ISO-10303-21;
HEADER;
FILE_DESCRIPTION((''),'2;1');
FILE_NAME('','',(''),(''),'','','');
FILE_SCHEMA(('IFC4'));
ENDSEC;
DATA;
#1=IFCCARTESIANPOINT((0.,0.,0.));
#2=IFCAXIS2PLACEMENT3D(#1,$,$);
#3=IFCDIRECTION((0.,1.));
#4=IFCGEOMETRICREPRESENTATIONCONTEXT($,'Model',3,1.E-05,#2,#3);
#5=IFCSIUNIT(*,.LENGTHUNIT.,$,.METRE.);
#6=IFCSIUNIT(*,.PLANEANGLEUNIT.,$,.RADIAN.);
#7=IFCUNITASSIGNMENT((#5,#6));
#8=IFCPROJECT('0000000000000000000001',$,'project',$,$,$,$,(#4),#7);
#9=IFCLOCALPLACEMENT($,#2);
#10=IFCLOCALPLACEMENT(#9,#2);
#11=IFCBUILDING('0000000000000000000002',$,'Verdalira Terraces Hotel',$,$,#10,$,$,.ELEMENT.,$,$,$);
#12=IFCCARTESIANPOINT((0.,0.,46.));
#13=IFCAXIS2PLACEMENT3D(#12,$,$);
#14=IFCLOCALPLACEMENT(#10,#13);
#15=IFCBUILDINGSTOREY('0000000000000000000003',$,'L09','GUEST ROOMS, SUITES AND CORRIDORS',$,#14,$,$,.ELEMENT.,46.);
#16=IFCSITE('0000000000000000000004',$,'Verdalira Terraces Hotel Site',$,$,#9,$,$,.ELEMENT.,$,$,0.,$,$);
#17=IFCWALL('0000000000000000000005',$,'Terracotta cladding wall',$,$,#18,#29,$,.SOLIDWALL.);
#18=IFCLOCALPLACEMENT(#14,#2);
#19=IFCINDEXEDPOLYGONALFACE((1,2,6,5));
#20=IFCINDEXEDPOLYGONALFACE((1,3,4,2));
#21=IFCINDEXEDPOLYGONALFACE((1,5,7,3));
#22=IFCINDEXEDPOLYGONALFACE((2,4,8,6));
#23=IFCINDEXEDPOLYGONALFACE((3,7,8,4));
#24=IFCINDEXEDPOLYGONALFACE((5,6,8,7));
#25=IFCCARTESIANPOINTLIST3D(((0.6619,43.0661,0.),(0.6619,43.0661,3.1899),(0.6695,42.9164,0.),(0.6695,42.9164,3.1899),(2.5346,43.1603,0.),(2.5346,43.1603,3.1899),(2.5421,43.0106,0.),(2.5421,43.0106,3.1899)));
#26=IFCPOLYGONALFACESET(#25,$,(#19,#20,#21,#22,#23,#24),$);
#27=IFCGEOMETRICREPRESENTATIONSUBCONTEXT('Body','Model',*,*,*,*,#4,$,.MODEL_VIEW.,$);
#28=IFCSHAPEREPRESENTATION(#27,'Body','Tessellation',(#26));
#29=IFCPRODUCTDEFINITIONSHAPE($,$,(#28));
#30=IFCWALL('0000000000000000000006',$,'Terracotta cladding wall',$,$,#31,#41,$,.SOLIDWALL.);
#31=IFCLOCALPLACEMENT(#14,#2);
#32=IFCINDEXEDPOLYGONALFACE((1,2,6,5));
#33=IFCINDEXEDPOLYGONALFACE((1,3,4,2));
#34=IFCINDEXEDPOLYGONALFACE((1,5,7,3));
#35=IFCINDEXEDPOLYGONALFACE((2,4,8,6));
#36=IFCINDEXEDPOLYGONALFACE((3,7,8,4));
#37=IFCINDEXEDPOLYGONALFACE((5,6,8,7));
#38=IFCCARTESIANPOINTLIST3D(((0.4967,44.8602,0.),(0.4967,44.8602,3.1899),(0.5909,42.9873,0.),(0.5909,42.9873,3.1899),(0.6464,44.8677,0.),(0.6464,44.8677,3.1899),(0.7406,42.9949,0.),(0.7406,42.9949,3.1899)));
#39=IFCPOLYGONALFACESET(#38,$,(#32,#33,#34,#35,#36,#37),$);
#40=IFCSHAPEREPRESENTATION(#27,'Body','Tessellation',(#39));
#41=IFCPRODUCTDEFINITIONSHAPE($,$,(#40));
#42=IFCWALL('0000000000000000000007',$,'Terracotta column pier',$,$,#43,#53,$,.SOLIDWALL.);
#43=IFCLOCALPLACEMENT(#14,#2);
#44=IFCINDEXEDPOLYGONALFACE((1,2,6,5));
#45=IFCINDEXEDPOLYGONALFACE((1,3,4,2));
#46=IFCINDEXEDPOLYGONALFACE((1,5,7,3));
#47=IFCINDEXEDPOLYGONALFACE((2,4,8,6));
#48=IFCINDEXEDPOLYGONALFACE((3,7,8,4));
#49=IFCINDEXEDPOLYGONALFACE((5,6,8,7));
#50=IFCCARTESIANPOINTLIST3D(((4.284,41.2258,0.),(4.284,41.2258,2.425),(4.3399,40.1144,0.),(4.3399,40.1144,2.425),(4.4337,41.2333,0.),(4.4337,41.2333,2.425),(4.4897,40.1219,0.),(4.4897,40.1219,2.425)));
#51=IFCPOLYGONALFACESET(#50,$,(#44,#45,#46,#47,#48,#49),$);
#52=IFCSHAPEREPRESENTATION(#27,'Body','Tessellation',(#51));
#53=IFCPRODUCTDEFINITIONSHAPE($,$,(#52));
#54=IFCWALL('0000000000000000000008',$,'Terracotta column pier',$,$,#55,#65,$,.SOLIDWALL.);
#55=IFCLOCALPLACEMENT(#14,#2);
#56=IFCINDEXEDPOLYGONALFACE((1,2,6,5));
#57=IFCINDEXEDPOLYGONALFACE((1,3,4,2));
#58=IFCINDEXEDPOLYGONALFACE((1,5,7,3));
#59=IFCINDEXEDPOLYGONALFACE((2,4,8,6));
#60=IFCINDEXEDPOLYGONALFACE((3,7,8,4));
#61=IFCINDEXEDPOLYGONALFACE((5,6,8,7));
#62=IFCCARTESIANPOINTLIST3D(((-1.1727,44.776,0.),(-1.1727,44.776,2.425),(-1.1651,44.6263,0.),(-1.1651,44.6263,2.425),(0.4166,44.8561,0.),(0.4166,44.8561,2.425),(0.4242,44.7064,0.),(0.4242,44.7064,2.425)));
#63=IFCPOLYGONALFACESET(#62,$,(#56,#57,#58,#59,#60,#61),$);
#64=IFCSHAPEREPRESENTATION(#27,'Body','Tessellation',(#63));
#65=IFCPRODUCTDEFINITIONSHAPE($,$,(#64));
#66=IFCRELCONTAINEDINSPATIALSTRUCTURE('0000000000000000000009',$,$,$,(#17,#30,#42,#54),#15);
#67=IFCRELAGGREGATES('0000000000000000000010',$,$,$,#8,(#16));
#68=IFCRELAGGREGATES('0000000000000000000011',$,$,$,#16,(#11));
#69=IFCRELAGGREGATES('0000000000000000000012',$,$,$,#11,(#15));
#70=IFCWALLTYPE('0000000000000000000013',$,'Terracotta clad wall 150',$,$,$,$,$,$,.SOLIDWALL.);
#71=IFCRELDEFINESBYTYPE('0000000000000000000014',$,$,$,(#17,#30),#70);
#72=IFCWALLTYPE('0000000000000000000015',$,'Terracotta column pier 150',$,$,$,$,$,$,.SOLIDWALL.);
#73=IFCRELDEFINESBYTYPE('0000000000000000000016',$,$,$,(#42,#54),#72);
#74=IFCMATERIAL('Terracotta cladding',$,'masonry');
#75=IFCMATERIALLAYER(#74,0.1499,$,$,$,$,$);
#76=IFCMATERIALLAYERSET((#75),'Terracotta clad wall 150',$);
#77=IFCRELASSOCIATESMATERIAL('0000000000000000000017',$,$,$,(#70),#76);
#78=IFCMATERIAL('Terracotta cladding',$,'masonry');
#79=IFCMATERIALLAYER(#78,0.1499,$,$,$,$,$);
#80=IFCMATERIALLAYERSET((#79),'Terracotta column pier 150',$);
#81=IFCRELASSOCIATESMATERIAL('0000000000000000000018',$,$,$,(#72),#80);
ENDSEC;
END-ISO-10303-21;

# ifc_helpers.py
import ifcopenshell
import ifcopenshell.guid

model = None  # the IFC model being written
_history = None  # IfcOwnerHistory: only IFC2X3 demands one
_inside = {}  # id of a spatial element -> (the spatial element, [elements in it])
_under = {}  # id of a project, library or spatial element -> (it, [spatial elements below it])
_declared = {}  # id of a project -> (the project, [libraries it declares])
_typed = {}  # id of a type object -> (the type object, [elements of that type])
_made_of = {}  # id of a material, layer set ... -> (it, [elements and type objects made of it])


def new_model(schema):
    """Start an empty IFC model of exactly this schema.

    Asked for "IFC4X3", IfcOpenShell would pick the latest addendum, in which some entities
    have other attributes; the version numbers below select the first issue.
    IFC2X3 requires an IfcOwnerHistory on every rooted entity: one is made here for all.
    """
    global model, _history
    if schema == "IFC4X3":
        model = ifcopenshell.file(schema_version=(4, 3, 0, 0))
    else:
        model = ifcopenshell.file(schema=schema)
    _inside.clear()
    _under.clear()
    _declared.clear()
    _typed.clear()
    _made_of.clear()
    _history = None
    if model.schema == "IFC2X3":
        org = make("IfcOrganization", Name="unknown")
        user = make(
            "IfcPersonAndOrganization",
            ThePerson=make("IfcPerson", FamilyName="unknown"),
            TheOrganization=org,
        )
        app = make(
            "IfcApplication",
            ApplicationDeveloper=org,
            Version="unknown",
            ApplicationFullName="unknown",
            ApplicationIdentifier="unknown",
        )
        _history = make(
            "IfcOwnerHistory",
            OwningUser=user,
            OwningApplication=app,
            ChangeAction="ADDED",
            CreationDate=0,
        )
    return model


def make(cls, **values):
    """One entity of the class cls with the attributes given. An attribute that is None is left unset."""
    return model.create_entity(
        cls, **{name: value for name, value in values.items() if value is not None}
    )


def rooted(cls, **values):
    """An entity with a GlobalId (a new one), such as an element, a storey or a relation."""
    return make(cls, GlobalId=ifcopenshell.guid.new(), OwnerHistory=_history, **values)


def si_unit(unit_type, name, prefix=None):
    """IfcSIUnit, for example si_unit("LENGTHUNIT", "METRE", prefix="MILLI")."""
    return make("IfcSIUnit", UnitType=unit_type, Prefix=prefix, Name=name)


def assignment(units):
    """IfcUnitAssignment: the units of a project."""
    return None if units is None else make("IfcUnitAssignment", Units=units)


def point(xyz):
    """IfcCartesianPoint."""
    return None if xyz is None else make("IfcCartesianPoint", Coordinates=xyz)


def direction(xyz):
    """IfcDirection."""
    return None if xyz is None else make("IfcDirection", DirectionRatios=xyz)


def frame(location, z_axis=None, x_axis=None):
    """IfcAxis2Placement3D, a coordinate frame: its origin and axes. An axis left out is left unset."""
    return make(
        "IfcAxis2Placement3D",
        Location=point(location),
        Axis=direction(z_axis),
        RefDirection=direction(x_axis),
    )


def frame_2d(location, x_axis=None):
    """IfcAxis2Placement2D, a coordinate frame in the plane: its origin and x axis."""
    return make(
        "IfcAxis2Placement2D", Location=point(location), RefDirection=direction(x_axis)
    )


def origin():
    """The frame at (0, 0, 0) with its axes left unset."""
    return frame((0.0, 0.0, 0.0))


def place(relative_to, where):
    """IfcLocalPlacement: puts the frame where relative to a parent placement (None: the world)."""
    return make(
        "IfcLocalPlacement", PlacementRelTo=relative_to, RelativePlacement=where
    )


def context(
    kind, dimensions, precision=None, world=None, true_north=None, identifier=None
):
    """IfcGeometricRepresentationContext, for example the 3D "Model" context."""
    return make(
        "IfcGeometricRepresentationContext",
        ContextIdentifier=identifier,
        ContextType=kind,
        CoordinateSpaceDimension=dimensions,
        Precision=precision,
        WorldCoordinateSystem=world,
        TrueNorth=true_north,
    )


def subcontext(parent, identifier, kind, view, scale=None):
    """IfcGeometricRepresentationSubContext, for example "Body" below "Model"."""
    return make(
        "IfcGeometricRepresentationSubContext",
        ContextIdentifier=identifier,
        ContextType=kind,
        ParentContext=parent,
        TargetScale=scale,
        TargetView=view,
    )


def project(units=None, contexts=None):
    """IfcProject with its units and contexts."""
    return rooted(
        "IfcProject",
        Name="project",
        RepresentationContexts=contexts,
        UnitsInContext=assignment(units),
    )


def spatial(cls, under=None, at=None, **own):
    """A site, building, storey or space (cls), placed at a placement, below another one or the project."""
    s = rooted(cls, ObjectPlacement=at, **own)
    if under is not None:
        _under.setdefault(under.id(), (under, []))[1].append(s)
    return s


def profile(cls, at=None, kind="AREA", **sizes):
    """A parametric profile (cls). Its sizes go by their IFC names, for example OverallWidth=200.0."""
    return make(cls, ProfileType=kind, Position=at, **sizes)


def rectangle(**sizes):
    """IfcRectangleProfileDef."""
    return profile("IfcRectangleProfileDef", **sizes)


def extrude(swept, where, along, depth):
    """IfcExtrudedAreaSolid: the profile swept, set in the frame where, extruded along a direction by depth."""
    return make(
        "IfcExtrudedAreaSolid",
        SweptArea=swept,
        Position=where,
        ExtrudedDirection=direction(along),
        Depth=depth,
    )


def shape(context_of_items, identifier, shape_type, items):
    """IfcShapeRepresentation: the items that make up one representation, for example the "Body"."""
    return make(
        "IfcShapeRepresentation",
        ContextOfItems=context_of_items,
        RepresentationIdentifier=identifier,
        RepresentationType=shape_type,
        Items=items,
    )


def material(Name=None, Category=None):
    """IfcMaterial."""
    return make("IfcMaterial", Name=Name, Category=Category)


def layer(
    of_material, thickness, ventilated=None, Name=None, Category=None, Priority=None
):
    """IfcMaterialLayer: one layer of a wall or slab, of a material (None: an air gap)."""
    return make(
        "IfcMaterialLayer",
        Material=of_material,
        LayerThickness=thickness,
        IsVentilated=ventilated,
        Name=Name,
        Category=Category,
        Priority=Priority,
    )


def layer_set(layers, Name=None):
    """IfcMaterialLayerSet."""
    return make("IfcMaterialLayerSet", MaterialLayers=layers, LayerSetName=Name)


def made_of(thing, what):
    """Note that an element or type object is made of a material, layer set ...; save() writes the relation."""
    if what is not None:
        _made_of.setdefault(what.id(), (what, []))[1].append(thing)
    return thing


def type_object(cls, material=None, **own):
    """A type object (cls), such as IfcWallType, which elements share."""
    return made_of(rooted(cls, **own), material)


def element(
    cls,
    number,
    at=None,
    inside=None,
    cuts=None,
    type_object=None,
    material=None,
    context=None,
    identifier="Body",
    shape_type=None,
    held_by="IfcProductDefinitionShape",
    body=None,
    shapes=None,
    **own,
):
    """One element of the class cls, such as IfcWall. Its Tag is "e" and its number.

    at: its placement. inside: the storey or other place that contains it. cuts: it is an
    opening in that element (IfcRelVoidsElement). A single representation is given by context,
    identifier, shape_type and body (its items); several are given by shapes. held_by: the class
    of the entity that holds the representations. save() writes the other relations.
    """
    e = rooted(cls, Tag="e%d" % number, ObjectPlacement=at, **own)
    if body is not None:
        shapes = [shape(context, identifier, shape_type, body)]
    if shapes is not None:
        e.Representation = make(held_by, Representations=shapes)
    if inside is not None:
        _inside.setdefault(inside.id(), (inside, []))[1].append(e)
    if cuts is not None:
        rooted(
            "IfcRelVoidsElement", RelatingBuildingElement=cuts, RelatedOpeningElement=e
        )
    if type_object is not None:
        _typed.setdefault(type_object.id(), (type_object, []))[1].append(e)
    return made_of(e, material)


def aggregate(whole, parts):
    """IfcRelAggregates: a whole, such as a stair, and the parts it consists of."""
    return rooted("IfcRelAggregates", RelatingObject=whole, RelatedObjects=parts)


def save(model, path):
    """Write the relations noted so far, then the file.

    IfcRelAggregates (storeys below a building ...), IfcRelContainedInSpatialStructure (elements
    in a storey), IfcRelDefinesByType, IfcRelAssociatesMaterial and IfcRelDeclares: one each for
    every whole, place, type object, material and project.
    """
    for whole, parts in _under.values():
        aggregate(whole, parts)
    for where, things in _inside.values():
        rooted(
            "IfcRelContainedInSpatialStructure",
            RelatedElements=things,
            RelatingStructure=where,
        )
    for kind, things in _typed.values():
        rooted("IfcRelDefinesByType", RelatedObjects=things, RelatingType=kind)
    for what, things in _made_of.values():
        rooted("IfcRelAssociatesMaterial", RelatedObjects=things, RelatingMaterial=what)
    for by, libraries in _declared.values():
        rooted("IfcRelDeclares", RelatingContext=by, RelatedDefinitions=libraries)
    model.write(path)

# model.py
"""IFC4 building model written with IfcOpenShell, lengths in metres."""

from ifc_helpers import new_model, si_unit, direction, frame, frame_2d, origin, place, context, subcontext, project, spatial, rectangle, extrude, material, layer, layer_set, type_object, element, save


model = new_model("IFC4")

# Units and contexts
model_context = context("Model", 3, precision=1e-05, world=origin(), true_north=direction((0.0, 1.0)))
body_context = subcontext(model_context, "Body", "Model", "MODEL_VIEW")
ifc_project = project(units=[si_unit("LENGTHUNIT", "METRE"), si_unit("PLANEANGLEUNIT", "RADIAN")], contexts=[model_context])

# Site, building, storey
site_placement = place(None, origin())
site = spatial("IfcSite", under=ifc_project, at=site_placement, Name="Verdalira Terraces Hotel Site", CompositionType="ELEMENT", RefElevation=0.0)
building_placement = place(site_placement, origin())
building = spatial("IfcBuilding", under=site, at=building_placement, Name="Verdalira Terraces Hotel", CompositionType="ELEMENT")
storey_placement = place(building_placement, frame((0.0, 0.0, 46.0)))
storey = spatial("IfcBuildingStorey", under=building, at=storey_placement, Name="L09", Description="GUEST ROOMS, SUITES AND CORRIDORS", CompositionType="ELEMENT", Elevation=46.0)

# Walls
ifc_material_1 = material(Name="Terracotta cladding", Category="masonry")
ifc_layer_1 = layer(ifc_material_1, 0.1499)
ifc_layer_set_1 = layer_set([ifc_layer_1], Name="Terracotta clad wall 150")
wall_type_1 = type_object("IfcWallType", Name="Terracotta clad wall 150", PredefinedType="SOLIDWALL", material=ifc_layer_set_1)
wall_1_placement = place(storey_placement, frame((2.5383, 43.0854, 0.0), z_axis=(0.0, 0.0, 1.0), x_axis=(-0.998736, -0.050262, 0.0)))
element("IfcWall", 1, at=wall_1_placement, inside=storey, type_object=wall_type_1, Name="Terracotta cladding wall", PredefinedType="SOLIDWALL", context=body_context, shape_type="SweptSolid", body=[
    extrude(rectangle(XDim=1.875, YDim=0.1499, at=frame_2d((0.9375, 0.0))), origin(), (0.0, 0.0, 1.0), 3.1899),
])
wall_2_placement = place(storey_placement, frame((0.6658, 42.9912, 0.0), z_axis=(0.0, 0.0, 1.0), x_axis=(-0.050256, 0.998736, 0.0)))
element("IfcWall", 2, at=wall_2_placement, inside=storey, type_object=wall_type_1, Name="Terracotta cladding wall", PredefinedType="SOLIDWALL", context=body_context, shape_type="SweptSolid", body=[
    extrude(rectangle(XDim=1.8752, YDim=0.1499, at=frame_2d((0.9375, 0.0))), origin(), (0.0, 0.0, 1.0), 3.1899),
])
ifc_material_2 = material(Name="Terracotta cladding", Category="masonry")
ifc_layer_2 = layer(ifc_material_2, 0.1499)
ifc_layer_set_2 = layer_set([ifc_layer_2], Name="Terracotta column pier 150")
wall_type_2 = type_object("IfcWallType", Name="Terracotta column pier 150", PredefinedType="SOLIDWALL", material=ifc_layer_set_2)
wall_3_placement = place(storey_placement, frame((4.4148, 40.1182, 0.0), z_axis=(0.0, 0.0, 1.0), x_axis=(-0.050244, 0.998737, 0.0)))
element("IfcWall", 3, at=wall_3_placement, inside=storey, type_object=wall_type_2, Name="Terracotta column pier", PredefinedType="SOLIDWALL", context=body_context, shape_type="SweptSolid", body=[
    extrude(rectangle(XDim=1.1128, YDim=0.1499, at=frame_2d((0.5564, 0.0))), origin(), (0.0, 0.0, 1.0), 2.425),
])
wall_4_placement = place(storey_placement, frame((0.4204, 44.7812, 0.0), z_axis=(0.0, 0.0, 1.0), x_axis=(-0.998733, -0.05032, 0.0)))
element("IfcWall", 4, at=wall_4_placement, inside=storey, type_object=wall_type_2, Name="Terracotta column pier", PredefinedType="SOLIDWALL", context=body_context, shape_type="SweptSolid", body=[
    extrude(rectangle(XDim=1.5913, YDim=0.1499, at=frame_2d((0.7957, 0.0))), origin(), (0.0, 0.0, 1.0), 2.425),
])

save(model, "model.ifc")
